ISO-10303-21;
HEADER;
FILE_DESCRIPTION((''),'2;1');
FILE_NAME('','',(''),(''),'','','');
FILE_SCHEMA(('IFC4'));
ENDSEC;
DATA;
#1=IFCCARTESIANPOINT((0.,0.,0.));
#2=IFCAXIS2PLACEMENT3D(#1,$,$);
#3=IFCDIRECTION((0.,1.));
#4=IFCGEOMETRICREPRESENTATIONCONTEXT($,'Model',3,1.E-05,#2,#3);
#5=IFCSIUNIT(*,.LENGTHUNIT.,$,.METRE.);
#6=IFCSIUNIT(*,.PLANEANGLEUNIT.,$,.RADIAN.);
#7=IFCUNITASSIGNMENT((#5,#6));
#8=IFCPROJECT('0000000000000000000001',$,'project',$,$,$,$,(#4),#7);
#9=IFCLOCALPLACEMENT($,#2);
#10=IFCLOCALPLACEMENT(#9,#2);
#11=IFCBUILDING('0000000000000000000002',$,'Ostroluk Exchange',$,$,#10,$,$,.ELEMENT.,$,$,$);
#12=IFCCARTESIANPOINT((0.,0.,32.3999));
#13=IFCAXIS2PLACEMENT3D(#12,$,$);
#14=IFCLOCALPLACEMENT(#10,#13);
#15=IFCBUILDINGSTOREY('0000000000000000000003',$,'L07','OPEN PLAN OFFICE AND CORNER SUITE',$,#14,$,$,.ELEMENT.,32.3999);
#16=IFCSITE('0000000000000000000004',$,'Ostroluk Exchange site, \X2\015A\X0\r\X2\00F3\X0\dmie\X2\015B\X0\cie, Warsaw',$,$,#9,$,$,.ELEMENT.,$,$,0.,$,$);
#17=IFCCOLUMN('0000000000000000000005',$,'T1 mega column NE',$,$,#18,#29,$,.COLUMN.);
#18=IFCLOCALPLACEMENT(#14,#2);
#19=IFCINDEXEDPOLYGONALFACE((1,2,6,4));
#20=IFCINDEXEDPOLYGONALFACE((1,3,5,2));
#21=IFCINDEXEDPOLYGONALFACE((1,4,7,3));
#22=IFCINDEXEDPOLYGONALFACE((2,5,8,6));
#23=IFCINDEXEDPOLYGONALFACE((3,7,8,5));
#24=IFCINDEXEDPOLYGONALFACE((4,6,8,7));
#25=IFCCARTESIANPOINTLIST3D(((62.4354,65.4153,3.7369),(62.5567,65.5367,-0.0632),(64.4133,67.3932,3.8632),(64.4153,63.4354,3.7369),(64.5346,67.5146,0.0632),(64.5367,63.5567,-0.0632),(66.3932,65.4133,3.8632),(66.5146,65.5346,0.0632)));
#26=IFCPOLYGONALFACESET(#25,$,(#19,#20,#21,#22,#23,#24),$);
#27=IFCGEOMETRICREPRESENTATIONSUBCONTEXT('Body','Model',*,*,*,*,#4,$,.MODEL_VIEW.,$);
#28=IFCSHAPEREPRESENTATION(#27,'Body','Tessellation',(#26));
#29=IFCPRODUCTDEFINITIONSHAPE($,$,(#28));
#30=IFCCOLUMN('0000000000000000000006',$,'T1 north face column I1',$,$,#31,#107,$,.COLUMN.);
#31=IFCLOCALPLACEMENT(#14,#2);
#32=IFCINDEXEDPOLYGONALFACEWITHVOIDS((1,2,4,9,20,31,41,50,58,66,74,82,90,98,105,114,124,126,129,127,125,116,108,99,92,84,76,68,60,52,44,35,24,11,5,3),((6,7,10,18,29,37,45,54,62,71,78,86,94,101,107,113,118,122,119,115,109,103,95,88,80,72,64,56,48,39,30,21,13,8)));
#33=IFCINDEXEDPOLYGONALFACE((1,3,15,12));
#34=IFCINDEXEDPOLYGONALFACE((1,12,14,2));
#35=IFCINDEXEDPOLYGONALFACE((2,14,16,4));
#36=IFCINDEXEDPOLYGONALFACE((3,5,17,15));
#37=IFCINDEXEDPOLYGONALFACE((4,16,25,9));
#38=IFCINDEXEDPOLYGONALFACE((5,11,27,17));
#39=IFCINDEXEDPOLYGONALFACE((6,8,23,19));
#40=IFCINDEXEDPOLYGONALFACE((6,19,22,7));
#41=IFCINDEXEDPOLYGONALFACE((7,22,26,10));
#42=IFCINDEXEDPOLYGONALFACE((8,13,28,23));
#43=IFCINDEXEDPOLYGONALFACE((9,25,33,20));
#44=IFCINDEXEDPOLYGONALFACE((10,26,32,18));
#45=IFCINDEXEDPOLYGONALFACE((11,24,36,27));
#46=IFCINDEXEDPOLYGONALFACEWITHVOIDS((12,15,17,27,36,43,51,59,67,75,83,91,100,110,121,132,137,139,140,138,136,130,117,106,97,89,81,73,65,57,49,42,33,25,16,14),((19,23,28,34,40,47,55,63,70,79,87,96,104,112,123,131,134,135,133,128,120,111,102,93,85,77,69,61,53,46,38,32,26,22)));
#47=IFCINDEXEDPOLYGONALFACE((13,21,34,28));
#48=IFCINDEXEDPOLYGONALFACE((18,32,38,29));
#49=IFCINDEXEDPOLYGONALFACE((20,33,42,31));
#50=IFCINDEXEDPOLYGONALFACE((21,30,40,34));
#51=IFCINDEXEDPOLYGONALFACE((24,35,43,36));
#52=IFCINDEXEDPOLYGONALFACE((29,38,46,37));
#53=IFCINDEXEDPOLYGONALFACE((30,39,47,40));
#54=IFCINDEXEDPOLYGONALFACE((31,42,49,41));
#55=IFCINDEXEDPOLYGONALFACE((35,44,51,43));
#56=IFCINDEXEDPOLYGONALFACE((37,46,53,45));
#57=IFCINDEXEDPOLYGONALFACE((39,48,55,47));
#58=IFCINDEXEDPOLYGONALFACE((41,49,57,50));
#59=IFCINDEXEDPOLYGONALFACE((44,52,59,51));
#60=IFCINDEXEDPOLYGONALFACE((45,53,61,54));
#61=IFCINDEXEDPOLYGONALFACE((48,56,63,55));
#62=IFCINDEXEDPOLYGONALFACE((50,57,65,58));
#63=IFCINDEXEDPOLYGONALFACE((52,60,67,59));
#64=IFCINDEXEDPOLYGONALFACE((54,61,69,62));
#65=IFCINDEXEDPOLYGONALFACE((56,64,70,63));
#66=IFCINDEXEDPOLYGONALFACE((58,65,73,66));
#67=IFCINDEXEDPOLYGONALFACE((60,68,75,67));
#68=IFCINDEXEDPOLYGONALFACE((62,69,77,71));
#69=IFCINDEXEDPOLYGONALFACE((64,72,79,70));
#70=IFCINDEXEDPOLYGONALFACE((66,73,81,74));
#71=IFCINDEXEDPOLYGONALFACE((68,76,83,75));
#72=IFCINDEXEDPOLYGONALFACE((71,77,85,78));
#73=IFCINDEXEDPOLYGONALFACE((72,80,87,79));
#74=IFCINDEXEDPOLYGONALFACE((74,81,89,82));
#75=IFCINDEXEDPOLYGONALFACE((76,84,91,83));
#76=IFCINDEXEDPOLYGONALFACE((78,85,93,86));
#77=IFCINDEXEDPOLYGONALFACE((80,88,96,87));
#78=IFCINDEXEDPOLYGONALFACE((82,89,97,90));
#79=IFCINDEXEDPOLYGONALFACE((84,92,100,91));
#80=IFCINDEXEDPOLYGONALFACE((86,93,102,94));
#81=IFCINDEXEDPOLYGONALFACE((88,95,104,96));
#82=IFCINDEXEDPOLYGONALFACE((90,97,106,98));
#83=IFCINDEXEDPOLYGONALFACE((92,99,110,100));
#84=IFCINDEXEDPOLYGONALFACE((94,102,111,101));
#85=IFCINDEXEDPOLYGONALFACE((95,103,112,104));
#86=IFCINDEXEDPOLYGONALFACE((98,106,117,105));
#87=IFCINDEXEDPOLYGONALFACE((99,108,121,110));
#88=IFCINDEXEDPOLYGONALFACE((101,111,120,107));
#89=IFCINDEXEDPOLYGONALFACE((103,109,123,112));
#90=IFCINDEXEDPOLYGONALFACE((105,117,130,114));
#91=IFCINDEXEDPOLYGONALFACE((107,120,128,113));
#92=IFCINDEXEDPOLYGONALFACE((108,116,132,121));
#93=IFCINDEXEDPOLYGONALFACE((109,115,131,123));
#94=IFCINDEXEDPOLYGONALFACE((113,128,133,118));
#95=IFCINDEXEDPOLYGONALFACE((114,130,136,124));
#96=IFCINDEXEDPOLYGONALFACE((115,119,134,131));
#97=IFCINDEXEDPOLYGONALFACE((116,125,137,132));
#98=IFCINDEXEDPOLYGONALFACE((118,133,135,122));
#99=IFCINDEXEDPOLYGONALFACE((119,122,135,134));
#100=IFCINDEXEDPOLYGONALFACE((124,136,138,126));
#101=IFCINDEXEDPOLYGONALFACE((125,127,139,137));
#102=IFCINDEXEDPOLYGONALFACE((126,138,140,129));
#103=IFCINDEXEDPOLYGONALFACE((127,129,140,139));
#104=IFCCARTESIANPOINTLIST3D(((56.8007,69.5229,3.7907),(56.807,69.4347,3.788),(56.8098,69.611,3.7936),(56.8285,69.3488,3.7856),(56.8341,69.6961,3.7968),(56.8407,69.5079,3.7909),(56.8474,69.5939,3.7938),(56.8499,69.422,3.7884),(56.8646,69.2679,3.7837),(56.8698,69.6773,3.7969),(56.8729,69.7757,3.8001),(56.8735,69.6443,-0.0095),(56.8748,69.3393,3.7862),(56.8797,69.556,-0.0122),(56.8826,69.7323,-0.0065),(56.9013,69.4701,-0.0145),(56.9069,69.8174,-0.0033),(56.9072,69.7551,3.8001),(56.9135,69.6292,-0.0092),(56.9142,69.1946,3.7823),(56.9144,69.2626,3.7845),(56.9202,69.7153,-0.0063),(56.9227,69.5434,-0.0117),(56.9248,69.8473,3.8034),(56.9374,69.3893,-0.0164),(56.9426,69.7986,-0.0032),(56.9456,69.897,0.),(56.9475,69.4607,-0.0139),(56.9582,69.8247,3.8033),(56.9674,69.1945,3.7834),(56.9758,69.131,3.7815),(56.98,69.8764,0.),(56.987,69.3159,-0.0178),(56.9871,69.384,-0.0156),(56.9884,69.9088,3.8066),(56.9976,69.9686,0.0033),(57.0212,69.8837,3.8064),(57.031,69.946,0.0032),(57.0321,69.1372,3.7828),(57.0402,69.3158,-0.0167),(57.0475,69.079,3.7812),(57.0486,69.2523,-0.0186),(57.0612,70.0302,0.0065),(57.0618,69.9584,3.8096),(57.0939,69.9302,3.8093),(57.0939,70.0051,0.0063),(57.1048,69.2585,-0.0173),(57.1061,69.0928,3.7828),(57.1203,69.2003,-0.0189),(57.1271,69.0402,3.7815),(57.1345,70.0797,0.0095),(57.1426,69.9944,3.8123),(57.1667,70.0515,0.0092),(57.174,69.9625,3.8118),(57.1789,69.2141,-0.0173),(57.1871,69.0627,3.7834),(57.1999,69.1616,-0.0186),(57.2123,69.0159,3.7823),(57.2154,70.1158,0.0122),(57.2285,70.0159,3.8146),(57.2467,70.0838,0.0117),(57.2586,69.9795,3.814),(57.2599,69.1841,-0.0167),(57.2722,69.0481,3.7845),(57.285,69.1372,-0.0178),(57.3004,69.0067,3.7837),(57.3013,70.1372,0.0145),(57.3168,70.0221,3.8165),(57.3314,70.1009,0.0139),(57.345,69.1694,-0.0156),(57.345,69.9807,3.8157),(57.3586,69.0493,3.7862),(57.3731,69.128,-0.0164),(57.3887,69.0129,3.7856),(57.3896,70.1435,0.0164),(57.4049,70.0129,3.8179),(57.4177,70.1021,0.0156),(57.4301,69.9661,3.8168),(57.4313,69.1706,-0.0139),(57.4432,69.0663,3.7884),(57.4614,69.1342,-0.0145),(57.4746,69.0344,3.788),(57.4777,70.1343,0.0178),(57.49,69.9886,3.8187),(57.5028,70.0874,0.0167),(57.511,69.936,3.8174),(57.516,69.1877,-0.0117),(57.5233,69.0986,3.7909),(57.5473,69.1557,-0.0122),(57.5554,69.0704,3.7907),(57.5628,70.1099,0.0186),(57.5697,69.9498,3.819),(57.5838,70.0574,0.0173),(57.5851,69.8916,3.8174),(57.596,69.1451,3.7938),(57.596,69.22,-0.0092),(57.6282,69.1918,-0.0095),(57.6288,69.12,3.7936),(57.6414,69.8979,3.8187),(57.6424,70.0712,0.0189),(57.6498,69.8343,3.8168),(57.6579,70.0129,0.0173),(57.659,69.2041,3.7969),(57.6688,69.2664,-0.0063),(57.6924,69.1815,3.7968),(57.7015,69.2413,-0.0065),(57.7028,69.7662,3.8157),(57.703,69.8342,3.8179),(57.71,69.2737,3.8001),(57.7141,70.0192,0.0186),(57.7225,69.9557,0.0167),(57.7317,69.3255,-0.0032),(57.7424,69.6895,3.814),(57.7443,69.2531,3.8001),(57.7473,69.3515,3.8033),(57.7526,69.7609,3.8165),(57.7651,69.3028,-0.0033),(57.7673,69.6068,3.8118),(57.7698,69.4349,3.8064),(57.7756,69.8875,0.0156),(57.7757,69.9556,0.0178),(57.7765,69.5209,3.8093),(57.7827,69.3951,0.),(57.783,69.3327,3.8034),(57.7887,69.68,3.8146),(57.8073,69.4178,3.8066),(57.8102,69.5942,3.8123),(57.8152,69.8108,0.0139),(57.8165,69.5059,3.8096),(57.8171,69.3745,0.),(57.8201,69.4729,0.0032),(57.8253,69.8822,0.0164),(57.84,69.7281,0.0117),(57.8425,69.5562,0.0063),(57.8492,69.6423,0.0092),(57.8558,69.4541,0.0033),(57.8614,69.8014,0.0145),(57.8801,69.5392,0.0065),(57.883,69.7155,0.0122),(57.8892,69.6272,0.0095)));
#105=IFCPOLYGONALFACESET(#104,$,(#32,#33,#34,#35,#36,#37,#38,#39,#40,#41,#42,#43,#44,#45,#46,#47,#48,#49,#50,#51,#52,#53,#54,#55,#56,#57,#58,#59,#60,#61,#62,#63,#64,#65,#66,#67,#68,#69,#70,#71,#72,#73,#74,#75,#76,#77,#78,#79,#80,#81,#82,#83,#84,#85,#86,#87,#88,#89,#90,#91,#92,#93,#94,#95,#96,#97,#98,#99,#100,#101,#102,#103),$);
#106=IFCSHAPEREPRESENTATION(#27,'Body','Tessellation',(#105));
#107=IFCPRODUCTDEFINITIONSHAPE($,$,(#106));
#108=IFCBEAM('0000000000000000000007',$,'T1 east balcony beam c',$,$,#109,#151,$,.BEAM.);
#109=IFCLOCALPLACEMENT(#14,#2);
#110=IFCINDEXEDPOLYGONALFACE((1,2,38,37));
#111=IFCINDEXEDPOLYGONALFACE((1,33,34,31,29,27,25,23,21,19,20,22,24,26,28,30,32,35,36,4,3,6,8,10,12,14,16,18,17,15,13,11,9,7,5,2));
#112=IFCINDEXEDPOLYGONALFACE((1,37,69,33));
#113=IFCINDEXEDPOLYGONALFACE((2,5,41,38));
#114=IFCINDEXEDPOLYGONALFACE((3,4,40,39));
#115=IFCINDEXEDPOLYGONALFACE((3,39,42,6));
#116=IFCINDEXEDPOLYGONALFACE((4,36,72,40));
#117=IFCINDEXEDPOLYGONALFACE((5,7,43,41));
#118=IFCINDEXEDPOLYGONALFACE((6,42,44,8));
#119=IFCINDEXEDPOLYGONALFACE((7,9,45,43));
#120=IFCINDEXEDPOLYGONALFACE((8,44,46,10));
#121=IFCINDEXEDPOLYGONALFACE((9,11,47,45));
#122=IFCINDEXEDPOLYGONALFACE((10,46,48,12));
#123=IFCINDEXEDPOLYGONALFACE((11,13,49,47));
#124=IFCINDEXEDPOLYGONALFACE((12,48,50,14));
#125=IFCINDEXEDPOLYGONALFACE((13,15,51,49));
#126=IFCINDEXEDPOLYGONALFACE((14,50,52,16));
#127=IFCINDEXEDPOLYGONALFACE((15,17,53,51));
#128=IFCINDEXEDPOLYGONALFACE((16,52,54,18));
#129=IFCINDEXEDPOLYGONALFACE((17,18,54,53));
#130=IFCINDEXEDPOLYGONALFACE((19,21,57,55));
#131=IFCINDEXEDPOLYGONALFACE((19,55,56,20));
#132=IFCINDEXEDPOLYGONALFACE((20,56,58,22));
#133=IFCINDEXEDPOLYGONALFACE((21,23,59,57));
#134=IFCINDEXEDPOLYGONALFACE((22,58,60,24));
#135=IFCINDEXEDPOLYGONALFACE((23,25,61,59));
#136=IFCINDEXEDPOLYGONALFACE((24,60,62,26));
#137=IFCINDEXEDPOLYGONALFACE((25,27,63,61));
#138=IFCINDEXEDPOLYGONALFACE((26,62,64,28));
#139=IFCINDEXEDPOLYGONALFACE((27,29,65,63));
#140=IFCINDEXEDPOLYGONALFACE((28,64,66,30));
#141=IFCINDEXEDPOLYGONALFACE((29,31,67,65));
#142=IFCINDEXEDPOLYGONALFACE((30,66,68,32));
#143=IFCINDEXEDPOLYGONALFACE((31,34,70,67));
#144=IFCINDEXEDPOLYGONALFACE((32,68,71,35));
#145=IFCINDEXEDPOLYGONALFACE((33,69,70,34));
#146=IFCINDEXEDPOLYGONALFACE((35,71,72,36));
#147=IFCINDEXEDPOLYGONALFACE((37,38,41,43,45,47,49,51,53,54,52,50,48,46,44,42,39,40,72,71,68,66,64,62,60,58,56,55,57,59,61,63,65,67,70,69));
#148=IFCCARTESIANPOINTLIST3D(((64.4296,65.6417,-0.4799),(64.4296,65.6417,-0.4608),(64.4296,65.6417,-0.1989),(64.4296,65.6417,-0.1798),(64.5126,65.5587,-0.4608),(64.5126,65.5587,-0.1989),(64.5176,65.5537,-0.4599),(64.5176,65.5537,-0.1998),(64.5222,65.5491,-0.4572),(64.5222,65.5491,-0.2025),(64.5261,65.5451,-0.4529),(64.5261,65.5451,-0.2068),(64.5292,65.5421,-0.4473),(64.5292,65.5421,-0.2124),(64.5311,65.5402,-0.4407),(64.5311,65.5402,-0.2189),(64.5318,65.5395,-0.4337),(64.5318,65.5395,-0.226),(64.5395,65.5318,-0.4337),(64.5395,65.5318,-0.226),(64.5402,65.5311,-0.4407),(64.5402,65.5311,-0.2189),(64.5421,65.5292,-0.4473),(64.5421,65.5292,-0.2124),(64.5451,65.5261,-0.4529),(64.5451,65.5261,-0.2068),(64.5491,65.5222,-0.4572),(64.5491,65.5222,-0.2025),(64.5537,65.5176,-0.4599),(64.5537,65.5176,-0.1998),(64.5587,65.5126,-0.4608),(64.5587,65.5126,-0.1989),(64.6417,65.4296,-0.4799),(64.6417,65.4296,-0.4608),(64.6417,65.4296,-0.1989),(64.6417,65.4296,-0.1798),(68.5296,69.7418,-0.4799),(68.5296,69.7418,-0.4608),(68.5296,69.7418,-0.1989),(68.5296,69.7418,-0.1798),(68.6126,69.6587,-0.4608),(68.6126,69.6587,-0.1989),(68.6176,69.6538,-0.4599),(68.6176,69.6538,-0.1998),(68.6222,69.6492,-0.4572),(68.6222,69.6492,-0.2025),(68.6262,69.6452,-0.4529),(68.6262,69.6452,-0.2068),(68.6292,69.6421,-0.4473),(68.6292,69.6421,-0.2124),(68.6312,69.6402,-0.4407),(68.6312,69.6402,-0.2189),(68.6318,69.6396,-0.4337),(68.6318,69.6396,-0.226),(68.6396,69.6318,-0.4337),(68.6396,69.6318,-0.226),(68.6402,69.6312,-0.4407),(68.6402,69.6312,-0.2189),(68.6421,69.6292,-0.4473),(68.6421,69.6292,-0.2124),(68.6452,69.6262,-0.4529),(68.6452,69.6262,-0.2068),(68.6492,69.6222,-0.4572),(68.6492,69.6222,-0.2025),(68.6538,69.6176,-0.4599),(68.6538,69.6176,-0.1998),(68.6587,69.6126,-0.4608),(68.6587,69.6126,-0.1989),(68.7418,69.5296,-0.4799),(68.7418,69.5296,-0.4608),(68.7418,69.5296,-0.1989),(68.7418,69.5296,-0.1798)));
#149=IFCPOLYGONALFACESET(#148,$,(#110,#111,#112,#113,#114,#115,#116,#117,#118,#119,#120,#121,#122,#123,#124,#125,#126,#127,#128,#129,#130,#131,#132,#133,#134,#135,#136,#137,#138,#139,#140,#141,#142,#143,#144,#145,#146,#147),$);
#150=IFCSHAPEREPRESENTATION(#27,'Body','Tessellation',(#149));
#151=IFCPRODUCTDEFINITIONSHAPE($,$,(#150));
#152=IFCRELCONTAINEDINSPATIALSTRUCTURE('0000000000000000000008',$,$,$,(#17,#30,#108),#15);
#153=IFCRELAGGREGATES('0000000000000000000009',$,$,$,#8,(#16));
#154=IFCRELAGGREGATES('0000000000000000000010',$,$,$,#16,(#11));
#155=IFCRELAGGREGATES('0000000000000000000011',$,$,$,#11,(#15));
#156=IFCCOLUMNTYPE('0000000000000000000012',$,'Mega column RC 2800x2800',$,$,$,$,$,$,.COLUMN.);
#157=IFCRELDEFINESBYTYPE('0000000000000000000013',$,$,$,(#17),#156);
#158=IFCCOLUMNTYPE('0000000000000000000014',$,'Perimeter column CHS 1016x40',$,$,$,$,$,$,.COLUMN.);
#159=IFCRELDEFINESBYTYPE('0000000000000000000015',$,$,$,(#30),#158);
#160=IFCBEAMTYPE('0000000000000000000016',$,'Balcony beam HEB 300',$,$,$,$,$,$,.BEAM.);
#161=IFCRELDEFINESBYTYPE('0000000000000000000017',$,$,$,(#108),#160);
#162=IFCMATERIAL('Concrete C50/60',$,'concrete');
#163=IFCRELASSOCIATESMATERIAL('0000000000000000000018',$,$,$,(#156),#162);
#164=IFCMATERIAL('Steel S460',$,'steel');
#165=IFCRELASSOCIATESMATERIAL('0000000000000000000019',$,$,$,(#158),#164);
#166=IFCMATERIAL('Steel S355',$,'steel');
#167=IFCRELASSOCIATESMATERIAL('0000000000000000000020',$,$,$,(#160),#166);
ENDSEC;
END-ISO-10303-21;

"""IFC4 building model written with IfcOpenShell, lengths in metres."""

from ifc_helpers import new_model, si_unit, direction, frame, origin, origin_2d, place, context, subcontext, project, spatial, rectangle, hollow_circle, i_section, extrude, material, material_profile, profile_set, type_object, element, save


model = new_model("IFC4")

# Units and contexts
model_context = context("Model", 3, precision=1e-05, world=origin(), true_north=direction((0.0, 1.0)))
body_context = subcontext(model_context, "Body", "Model", "MODEL_VIEW")
ifc_project = project(units=[si_unit("LENGTHUNIT", "METRE"), si_unit("PLANEANGLEUNIT", "RADIAN")], contexts=[model_context])

# Site, building, storey
site_placement = place(None, origin())
site = spatial("IfcSite", under=ifc_project, at=site_placement, Name="Ostroluk Exchange site, Śródmieście, Warsaw", CompositionType="ELEMENT", RefElevation=0.0)
building_placement = place(site_placement, origin())
building = spatial("IfcBuilding", under=site, at=building_placement, Name="Ostroluk Exchange", CompositionType="ELEMENT")
storey_placement = place(building_placement, frame((0.0, 0.0, 32.3999)))
storey = spatial("IfcBuildingStorey", under=building, at=storey_placement, Name="L07", Description="OPEN PLAN OFFICE AND CORNER SUITE", CompositionType="ELEMENT", Elevation=32.3999)

# Columns
ifc_material_1 = material(Name="Concrete C50/60", Category="concrete")
ifc_material_profile_1 = material_profile(ifc_material_1, rectangle(XDim=2.8, YDim=2.8, at=origin_2d()), Name="RC 2800x2800")
ifc_profile_set_1 = profile_set([ifc_material_profile_1], Name="Concrete C50/60")
column_type_1 = type_object("IfcColumnType", Name="Mega column RC 2800x2800", PredefinedType="COLUMN", material=ifc_profile_set_1)
column_1_placement = place(storey_placement, frame((64.5356, 65.5356, 0.0), z_axis=(-0.031898, -0.031898, 0.998982), x_axis=(0.707107, -0.707107, 0.0)))
element("IfcColumn", 1, at=column_1_placement, inside=storey, type_object=column_type_1, Name="T1 mega column NE", PredefinedType="COLUMN", context=body_context, shape_type="SweptSolid", body=[
    extrude(rectangle(XDim=2.8, YDim=2.8, at=origin_2d()), origin(), (0.0, 0.0, 1.0), 3.804),
])
ifc_material_2 = material(Name="Steel S460", Category="steel")
ifc_material_profile_2 = material_profile(ifc_material_2, hollow_circle(Radius=0.5081, WallThickness=0.04, at=origin_2d()), Name="CHS 1016x40")
ifc_profile_set_2 = profile_set([ifc_material_profile_2], Name="Steel S460")
column_type_2 = type_object("IfcColumnType", Name="Perimeter column CHS 1016x40", PredefinedType="COLUMN", material=ifc_profile_set_2)
column_2_placement = place(storey_placement, frame((57.3813, 69.6357, 0.0), z_axis=(-0.019132, -0.031909, 0.999308), x_axis=(0.857645, -0.514242, 0.0)))
element("IfcColumn", 2, at=column_2_placement, inside=storey, type_object=column_type_2, Name="T1 north face column I1", PredefinedType="COLUMN", context=body_context, shape_type="SweptSolid", body=[
    extrude(hollow_circle(Radius=0.5081, WallThickness=0.04, at=origin_2d()), origin(), (0.0, 0.0, 1.0), 3.8027),
])

# Beam
ifc_material_3 = material(Name="Steel S355", Category="steel")
ifc_material_profile_3 = material_profile(ifc_material_3, i_section(OverallWidth=0.3, OverallDepth=0.3, WebThickness=0.011, FlangeThickness=0.019, FilletRadius=0.0271, at=origin_2d()), Name="HEB 300")
ifc_profile_set_3 = profile_set([ifc_material_profile_3], Name="Steel S355")
beam_type_1 = type_object("IfcBeamType", Name="Balcony beam HEB 300", PredefinedType="BEAM", material=ifc_profile_set_3)
beam_1_placement = place(storey_placement, frame((64.5356, 65.5356, -0.3298), z_axis=(0.707107, 0.707107, 0.0), x_axis=(-0.707107, 0.707107, 0.0)))
element("IfcBeam", 3, at=beam_1_placement, inside=storey, type_object=beam_type_1, Name="T1 east balcony beam c", PredefinedType="BEAM", context=body_context, shape_type="SweptSolid", body=[
    extrude(i_section(OverallWidth=0.3, OverallDepth=0.3, WebThickness=0.011, FlangeThickness=0.019, FilletRadius=0.0271, at=origin_2d()), origin(), (0.0, 0.0, 1.0), 5.7983),
])

save(model, "model.ifc")
